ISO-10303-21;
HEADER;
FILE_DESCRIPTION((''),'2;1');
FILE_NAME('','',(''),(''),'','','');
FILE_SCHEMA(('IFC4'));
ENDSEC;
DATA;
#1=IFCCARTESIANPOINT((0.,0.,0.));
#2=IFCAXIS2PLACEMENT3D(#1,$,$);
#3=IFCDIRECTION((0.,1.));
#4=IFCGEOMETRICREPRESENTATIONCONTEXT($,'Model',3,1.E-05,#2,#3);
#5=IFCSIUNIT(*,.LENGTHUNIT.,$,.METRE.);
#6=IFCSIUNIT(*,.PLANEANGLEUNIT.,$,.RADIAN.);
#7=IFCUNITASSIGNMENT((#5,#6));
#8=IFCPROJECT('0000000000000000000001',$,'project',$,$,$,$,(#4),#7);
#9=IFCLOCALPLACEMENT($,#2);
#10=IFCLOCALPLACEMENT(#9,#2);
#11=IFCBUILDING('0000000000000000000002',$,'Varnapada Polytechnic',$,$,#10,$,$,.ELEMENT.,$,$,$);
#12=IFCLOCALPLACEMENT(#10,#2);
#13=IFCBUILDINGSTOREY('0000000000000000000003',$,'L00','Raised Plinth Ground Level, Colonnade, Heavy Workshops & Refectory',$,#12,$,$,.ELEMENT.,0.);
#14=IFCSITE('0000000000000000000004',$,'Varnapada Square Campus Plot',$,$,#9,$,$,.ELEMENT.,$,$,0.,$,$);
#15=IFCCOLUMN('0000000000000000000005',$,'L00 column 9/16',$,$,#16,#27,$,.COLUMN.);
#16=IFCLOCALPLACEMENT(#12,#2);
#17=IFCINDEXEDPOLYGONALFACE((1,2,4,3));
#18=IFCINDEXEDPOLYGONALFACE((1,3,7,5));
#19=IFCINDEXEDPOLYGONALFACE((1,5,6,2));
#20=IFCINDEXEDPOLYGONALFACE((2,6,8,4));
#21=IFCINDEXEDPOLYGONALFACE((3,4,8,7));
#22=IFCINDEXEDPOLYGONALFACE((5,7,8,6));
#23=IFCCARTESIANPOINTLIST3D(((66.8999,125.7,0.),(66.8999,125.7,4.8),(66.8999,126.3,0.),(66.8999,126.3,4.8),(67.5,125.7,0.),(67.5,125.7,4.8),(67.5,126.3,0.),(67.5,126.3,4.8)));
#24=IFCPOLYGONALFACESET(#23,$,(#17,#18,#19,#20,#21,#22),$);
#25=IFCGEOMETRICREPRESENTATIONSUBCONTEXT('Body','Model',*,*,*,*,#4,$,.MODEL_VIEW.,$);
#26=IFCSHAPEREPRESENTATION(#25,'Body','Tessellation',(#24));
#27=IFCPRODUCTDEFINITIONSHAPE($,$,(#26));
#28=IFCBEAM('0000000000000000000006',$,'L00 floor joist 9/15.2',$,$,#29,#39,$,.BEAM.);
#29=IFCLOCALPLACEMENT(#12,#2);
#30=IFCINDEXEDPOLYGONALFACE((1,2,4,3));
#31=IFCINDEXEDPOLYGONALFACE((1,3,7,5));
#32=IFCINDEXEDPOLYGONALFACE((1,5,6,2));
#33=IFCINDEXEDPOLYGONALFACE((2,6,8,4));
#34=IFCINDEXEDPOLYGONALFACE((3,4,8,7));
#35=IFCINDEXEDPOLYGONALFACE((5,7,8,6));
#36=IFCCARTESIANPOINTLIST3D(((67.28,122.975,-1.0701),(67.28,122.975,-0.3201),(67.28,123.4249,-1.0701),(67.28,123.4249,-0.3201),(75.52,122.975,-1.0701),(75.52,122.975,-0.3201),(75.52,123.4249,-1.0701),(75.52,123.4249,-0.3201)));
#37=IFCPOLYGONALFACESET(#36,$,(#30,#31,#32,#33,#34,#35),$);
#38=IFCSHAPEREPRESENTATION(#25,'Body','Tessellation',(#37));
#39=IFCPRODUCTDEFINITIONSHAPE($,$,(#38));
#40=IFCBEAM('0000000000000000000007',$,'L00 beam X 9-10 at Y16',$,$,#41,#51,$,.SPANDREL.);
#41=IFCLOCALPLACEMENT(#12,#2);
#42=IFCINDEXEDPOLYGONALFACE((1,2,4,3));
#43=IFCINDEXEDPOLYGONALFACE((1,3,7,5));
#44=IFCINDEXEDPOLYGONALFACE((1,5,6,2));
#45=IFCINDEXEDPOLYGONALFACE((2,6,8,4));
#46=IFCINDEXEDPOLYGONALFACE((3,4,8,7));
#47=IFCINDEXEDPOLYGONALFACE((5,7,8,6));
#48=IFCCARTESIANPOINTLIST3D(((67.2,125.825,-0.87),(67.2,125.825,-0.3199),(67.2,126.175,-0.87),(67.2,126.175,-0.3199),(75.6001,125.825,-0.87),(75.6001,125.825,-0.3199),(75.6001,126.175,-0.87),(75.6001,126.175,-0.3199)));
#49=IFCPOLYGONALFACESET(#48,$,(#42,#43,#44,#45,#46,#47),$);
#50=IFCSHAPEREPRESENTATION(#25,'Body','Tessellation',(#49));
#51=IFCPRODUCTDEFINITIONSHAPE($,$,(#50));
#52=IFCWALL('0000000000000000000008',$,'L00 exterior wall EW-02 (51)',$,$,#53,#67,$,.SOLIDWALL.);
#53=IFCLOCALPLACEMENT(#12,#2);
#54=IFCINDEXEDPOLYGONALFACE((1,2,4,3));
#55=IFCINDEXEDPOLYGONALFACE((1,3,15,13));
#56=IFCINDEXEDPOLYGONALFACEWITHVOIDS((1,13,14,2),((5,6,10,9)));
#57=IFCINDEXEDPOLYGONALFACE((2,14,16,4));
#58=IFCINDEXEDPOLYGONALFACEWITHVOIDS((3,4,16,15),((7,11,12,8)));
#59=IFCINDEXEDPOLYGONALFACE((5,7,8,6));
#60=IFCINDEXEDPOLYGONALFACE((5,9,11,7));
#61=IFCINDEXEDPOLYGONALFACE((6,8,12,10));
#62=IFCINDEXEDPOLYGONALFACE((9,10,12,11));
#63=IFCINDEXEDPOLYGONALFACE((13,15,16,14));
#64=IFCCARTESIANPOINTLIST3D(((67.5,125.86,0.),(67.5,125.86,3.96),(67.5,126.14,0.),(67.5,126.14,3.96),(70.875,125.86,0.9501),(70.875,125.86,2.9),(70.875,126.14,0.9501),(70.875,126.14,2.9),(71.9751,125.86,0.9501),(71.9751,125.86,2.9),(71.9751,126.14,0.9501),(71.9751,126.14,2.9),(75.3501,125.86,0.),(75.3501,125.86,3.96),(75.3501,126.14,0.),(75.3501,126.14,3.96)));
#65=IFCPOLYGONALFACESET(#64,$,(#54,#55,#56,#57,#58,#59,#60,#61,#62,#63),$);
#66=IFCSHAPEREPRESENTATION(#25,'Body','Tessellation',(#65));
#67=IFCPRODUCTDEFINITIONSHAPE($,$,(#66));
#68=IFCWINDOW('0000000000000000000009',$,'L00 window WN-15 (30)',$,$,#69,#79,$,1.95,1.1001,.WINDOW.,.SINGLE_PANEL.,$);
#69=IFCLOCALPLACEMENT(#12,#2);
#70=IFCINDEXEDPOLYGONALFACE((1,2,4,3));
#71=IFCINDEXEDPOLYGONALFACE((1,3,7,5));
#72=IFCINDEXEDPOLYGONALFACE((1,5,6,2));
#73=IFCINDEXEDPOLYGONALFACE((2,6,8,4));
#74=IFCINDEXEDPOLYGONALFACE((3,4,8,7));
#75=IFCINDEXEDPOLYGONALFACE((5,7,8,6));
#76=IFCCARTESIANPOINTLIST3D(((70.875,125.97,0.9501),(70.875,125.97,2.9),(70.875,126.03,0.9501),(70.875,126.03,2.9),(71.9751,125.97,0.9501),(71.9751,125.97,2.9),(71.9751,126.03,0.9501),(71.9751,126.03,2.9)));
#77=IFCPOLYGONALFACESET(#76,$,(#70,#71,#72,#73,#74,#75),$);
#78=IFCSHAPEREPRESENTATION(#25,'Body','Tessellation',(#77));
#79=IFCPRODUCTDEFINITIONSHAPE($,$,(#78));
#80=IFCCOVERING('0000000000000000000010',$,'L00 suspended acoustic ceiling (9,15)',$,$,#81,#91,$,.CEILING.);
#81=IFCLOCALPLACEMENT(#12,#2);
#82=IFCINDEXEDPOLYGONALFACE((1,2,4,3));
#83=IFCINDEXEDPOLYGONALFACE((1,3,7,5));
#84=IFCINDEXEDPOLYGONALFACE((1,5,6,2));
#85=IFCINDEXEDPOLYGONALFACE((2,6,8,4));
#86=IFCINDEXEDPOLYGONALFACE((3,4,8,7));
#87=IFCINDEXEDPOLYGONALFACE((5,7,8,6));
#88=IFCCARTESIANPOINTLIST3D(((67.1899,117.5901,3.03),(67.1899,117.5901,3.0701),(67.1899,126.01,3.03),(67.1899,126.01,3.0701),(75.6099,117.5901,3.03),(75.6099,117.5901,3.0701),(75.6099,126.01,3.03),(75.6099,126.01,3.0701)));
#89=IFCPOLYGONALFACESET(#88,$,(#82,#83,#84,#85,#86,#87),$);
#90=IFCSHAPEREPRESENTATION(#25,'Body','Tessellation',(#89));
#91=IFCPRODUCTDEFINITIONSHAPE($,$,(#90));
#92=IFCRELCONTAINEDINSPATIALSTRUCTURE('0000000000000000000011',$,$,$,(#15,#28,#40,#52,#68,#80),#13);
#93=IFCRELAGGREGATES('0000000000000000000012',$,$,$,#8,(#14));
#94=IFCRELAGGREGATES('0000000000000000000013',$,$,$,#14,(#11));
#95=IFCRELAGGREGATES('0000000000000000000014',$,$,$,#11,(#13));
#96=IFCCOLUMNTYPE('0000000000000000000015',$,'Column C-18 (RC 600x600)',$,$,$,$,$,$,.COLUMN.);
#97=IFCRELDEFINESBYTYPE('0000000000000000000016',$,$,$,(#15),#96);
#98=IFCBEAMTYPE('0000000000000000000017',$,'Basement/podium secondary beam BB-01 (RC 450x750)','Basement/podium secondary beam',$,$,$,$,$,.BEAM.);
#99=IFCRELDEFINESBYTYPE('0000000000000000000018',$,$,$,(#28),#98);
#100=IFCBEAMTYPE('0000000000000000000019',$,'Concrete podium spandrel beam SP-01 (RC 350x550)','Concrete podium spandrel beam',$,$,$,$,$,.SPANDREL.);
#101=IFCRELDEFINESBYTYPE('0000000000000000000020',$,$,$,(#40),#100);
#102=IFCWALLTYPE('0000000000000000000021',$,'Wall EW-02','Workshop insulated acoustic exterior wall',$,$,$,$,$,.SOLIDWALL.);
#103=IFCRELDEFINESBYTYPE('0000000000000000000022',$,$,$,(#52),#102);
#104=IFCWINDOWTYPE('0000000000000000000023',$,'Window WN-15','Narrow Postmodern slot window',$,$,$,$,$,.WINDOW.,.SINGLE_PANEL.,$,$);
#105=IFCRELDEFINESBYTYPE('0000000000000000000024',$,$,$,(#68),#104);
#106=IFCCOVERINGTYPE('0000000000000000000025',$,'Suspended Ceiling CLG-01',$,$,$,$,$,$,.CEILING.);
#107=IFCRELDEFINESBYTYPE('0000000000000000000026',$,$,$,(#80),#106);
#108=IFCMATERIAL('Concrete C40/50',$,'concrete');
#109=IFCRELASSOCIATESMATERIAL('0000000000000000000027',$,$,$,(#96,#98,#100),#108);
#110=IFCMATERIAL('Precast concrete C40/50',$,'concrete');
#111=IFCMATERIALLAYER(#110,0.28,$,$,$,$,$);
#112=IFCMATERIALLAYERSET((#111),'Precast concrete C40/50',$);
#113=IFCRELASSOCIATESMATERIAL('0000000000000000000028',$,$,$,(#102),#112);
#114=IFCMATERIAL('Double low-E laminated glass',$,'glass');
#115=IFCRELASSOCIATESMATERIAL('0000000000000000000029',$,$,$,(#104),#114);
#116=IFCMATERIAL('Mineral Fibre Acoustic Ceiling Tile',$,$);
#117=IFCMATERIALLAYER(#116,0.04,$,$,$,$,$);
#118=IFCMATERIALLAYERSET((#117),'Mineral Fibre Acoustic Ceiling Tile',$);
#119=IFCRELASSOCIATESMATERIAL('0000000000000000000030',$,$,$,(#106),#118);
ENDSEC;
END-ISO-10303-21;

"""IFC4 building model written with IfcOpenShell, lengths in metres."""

from ifc_helpers import new_model, si_unit, direction, frame, frame_2d, origin, origin_2d, place, context, subcontext, project, spatial, rectangle, extrude, material, layer, layer_set, material_profile, profile_set, type_object, element, fill, save


model = new_model("IFC4")

# Units and contexts
model_context = context("Model", 3, precision=1e-05, world=origin(), true_north=direction((0.0, 1.0)))
body_context = subcontext(model_context, "Body", "Model", "MODEL_VIEW")
ifc_project = project(units=[si_unit("LENGTHUNIT", "METRE"), si_unit("PLANEANGLEUNIT", "RADIAN")], contexts=[model_context])

# Site, building, storey
site_placement = place(None, origin())
site = spatial("IfcSite", under=ifc_project, at=site_placement, Name="Varnapada Square Campus Plot", CompositionType="ELEMENT", RefElevation=0.0)
building_placement = place(site_placement, origin())
building = spatial("IfcBuilding", under=site, at=building_placement, Name="Varnapada Polytechnic", CompositionType="ELEMENT")
storey_placement = place(building_placement, origin())
storey = spatial("IfcBuildingStorey", under=building, at=storey_placement, Name="L00", Description="Raised Plinth Ground Level, Colonnade, Heavy Workshops & Refectory", CompositionType="ELEMENT", Elevation=0.0)

# Column
ifc_material_1 = material(Name="Concrete C40/50", Category="concrete")
ifc_material_profile_1 = material_profile(ifc_material_1, rectangle(XDim=0.6001, YDim=0.6001, at=origin_2d()), Name="RC 600x600")
ifc_profile_set_1 = profile_set([ifc_material_profile_1], Name="Concrete C40/50")
column_type = type_object("IfcColumnType", Name="Column C-18 (RC 600x600)", PredefinedType="COLUMN", material=ifc_profile_set_1)
column_placement = place(storey_placement, frame((67.2, 126.0, 0.0), z_axis=(0.0, 0.0, 1.0), x_axis=(1.0, 0.0, 0.0)))
element("IfcColumn", 1, at=column_placement, inside=storey, type_object=column_type, Name="L00 column 9/16", PredefinedType="COLUMN", context=body_context, shape_type="SweptSolid", body=[
    extrude(rectangle(XDim=0.6001, YDim=0.6001, at=origin_2d()), origin(), (0.0, 0.0, 1.0), 4.8),
])

# Beams
ifc_material_profile_2 = material_profile(ifc_material_1, rectangle(XDim=0.45, YDim=0.75, at=origin_2d()), Name="RC 450x750")
ifc_profile_set_2 = profile_set([ifc_material_profile_2], Name="Concrete C40/50")
beam_type_1 = type_object("IfcBeamType", Name="Basement/podium secondary beam BB-01 (RC 450x750)", Description="Basement/podium secondary beam", PredefinedType="BEAM", material=ifc_profile_set_2)
beam_1_placement = place(storey_placement, frame((67.28, 123.2, -0.6951), z_axis=(1.0, 0.0, 0.0), x_axis=(0.0, 1.0, 0.0)))
element("IfcBeam", 2, at=beam_1_placement, inside=storey, type_object=beam_type_1, Name="L00 floor joist 9/15.2", PredefinedType="BEAM", context=body_context, shape_type="SweptSolid", body=[
    extrude(rectangle(XDim=0.45, YDim=0.75, at=origin_2d()), origin(), (0.0, 0.0, 1.0), 8.24),
])
ifc_material_profile_3 = material_profile(ifc_material_1, rectangle(XDim=0.3501, YDim=0.55, at=origin_2d()), Name="RC 350x550")
ifc_profile_set_3 = profile_set([ifc_material_profile_3], Name="Concrete C40/50")
beam_type_2 = type_object("IfcBeamType", Name="Concrete podium spandrel beam SP-01 (RC 350x550)", Description="Concrete podium spandrel beam", PredefinedType="SPANDREL", material=ifc_profile_set_3)
beam_2_placement = place(storey_placement, frame((67.2, 126.0, -0.595), z_axis=(1.0, 0.0, 0.0), x_axis=(0.0, 1.0, 0.0)))
element("IfcBeam", 3, at=beam_2_placement, inside=storey, type_object=beam_type_2, Name="L00 beam X 9-10 at Y16", PredefinedType="SPANDREL", context=body_context, shape_type="SweptSolid", body=[
    extrude(rectangle(XDim=0.3501, YDim=0.55, at=origin_2d()), origin(), (0.0, 0.0, 1.0), 8.4001),
])

# Wall, opening, window
ifc_material_2 = material(Name="Precast concrete C40/50", Category="concrete")
ifc_layer_1 = layer(ifc_material_2, 0.28)
ifc_layer_set_1 = layer_set([ifc_layer_1], Name="Precast concrete C40/50")
wall_type = type_object("IfcWallType", Name="Wall EW-02", Description="Workshop insulated acoustic exterior wall", PredefinedType="SOLIDWALL", material=ifc_layer_set_1)
wall_placement = place(storey_placement, frame((67.5, 126.0, 0.0), z_axis=(0.0, 0.0, 1.0), x_axis=(1.0, 0.0, 0.0)))
wall = element("IfcWall", 4, at=wall_placement, inside=storey, type_object=wall_type, Name="L00 exterior wall EW-02 (51)", PredefinedType="SOLIDWALL", context=body_context, shape_type="SweptSolid", body=[
    extrude(rectangle(XDim=7.8501, YDim=0.28, at=frame_2d((3.925, 0.0))), origin(), (0.0, 0.0, 1.0), 3.96),
])
opening_1_placement = place(wall_placement, frame((3.375, 0.0, 0.95)))
opening_1 = element("IfcOpeningElement", 5, at=opening_1_placement, cuts=wall, PredefinedType="OPENING", context=body_context, shape_type="SweptSolid", body=[
    extrude(rectangle(XDim=1.1001, YDim=1.95, at=frame_2d((0.55, 0.9751))), frame((0.0, 0.1499, 0.0), z_axis=(0.0, -1.0, 0.0), x_axis=(1.0, 0.0, 0.0)), (0.0, 0.0, 1.0), 0.3),
])
ifc_material_3 = material(Name="Double low-E laminated glass", Category="glass")
window_type = type_object("IfcWindowType", Name="Window WN-15", Description="Narrow Postmodern slot window", PartitioningType="SINGLE_PANEL", PredefinedType="WINDOW", material=ifc_material_3)
window_placement = place(opening_1_placement, origin())
window = element("IfcWindow", 6, at=window_placement, inside=storey, type_object=window_type, Name="L00 window WN-15 (30)", OverallHeight=1.95, OverallWidth=1.1001, PartitioningType="SINGLE_PANEL", PredefinedType="WINDOW", context=body_context, shape_type="SweptSolid", body=[
    extrude(rectangle(XDim=1.1001, YDim=1.95, at=frame_2d((0.55, 0.9751))), frame((0.0, 0.03, 0.0), z_axis=(0.0, -1.0, 0.0), x_axis=(1.0, 0.0, 0.0)), (0.0, 0.0, 1.0), 0.0601),
])
fill(opening_1, window)

# Covering
ifc_material_4 = material(Name="Mineral Fibre Acoustic Ceiling Tile")
ifc_layer_2 = layer(ifc_material_4, 0.04)
ifc_layer_set_2 = layer_set([ifc_layer_2], Name="Mineral Fibre Acoustic Ceiling Tile")
covering_type_1 = type_object("IfcCoveringType", Name="Suspended Ceiling CLG-01", PredefinedType="CEILING", material=ifc_layer_set_2)
covering_1_placement = place(storey_placement, frame((71.3999, 121.8, 3.03), z_axis=(0.0, 0.0, 1.0), x_axis=(1.0, 0.0, 0.0)))
element("IfcCovering", 7, at=covering_1_placement, inside=storey, type_object=covering_type_1, Name="L00 suspended acoustic ceiling (9,15)", PredefinedType="CEILING", context=body_context, shape_type="SweptSolid", body=[
    extrude(rectangle(XDim=8.4199, YDim=8.4199, at=origin_2d()), origin(), (0.0, 0.0, 1.0), 0.04),
])

save(model, "model.ifc")
